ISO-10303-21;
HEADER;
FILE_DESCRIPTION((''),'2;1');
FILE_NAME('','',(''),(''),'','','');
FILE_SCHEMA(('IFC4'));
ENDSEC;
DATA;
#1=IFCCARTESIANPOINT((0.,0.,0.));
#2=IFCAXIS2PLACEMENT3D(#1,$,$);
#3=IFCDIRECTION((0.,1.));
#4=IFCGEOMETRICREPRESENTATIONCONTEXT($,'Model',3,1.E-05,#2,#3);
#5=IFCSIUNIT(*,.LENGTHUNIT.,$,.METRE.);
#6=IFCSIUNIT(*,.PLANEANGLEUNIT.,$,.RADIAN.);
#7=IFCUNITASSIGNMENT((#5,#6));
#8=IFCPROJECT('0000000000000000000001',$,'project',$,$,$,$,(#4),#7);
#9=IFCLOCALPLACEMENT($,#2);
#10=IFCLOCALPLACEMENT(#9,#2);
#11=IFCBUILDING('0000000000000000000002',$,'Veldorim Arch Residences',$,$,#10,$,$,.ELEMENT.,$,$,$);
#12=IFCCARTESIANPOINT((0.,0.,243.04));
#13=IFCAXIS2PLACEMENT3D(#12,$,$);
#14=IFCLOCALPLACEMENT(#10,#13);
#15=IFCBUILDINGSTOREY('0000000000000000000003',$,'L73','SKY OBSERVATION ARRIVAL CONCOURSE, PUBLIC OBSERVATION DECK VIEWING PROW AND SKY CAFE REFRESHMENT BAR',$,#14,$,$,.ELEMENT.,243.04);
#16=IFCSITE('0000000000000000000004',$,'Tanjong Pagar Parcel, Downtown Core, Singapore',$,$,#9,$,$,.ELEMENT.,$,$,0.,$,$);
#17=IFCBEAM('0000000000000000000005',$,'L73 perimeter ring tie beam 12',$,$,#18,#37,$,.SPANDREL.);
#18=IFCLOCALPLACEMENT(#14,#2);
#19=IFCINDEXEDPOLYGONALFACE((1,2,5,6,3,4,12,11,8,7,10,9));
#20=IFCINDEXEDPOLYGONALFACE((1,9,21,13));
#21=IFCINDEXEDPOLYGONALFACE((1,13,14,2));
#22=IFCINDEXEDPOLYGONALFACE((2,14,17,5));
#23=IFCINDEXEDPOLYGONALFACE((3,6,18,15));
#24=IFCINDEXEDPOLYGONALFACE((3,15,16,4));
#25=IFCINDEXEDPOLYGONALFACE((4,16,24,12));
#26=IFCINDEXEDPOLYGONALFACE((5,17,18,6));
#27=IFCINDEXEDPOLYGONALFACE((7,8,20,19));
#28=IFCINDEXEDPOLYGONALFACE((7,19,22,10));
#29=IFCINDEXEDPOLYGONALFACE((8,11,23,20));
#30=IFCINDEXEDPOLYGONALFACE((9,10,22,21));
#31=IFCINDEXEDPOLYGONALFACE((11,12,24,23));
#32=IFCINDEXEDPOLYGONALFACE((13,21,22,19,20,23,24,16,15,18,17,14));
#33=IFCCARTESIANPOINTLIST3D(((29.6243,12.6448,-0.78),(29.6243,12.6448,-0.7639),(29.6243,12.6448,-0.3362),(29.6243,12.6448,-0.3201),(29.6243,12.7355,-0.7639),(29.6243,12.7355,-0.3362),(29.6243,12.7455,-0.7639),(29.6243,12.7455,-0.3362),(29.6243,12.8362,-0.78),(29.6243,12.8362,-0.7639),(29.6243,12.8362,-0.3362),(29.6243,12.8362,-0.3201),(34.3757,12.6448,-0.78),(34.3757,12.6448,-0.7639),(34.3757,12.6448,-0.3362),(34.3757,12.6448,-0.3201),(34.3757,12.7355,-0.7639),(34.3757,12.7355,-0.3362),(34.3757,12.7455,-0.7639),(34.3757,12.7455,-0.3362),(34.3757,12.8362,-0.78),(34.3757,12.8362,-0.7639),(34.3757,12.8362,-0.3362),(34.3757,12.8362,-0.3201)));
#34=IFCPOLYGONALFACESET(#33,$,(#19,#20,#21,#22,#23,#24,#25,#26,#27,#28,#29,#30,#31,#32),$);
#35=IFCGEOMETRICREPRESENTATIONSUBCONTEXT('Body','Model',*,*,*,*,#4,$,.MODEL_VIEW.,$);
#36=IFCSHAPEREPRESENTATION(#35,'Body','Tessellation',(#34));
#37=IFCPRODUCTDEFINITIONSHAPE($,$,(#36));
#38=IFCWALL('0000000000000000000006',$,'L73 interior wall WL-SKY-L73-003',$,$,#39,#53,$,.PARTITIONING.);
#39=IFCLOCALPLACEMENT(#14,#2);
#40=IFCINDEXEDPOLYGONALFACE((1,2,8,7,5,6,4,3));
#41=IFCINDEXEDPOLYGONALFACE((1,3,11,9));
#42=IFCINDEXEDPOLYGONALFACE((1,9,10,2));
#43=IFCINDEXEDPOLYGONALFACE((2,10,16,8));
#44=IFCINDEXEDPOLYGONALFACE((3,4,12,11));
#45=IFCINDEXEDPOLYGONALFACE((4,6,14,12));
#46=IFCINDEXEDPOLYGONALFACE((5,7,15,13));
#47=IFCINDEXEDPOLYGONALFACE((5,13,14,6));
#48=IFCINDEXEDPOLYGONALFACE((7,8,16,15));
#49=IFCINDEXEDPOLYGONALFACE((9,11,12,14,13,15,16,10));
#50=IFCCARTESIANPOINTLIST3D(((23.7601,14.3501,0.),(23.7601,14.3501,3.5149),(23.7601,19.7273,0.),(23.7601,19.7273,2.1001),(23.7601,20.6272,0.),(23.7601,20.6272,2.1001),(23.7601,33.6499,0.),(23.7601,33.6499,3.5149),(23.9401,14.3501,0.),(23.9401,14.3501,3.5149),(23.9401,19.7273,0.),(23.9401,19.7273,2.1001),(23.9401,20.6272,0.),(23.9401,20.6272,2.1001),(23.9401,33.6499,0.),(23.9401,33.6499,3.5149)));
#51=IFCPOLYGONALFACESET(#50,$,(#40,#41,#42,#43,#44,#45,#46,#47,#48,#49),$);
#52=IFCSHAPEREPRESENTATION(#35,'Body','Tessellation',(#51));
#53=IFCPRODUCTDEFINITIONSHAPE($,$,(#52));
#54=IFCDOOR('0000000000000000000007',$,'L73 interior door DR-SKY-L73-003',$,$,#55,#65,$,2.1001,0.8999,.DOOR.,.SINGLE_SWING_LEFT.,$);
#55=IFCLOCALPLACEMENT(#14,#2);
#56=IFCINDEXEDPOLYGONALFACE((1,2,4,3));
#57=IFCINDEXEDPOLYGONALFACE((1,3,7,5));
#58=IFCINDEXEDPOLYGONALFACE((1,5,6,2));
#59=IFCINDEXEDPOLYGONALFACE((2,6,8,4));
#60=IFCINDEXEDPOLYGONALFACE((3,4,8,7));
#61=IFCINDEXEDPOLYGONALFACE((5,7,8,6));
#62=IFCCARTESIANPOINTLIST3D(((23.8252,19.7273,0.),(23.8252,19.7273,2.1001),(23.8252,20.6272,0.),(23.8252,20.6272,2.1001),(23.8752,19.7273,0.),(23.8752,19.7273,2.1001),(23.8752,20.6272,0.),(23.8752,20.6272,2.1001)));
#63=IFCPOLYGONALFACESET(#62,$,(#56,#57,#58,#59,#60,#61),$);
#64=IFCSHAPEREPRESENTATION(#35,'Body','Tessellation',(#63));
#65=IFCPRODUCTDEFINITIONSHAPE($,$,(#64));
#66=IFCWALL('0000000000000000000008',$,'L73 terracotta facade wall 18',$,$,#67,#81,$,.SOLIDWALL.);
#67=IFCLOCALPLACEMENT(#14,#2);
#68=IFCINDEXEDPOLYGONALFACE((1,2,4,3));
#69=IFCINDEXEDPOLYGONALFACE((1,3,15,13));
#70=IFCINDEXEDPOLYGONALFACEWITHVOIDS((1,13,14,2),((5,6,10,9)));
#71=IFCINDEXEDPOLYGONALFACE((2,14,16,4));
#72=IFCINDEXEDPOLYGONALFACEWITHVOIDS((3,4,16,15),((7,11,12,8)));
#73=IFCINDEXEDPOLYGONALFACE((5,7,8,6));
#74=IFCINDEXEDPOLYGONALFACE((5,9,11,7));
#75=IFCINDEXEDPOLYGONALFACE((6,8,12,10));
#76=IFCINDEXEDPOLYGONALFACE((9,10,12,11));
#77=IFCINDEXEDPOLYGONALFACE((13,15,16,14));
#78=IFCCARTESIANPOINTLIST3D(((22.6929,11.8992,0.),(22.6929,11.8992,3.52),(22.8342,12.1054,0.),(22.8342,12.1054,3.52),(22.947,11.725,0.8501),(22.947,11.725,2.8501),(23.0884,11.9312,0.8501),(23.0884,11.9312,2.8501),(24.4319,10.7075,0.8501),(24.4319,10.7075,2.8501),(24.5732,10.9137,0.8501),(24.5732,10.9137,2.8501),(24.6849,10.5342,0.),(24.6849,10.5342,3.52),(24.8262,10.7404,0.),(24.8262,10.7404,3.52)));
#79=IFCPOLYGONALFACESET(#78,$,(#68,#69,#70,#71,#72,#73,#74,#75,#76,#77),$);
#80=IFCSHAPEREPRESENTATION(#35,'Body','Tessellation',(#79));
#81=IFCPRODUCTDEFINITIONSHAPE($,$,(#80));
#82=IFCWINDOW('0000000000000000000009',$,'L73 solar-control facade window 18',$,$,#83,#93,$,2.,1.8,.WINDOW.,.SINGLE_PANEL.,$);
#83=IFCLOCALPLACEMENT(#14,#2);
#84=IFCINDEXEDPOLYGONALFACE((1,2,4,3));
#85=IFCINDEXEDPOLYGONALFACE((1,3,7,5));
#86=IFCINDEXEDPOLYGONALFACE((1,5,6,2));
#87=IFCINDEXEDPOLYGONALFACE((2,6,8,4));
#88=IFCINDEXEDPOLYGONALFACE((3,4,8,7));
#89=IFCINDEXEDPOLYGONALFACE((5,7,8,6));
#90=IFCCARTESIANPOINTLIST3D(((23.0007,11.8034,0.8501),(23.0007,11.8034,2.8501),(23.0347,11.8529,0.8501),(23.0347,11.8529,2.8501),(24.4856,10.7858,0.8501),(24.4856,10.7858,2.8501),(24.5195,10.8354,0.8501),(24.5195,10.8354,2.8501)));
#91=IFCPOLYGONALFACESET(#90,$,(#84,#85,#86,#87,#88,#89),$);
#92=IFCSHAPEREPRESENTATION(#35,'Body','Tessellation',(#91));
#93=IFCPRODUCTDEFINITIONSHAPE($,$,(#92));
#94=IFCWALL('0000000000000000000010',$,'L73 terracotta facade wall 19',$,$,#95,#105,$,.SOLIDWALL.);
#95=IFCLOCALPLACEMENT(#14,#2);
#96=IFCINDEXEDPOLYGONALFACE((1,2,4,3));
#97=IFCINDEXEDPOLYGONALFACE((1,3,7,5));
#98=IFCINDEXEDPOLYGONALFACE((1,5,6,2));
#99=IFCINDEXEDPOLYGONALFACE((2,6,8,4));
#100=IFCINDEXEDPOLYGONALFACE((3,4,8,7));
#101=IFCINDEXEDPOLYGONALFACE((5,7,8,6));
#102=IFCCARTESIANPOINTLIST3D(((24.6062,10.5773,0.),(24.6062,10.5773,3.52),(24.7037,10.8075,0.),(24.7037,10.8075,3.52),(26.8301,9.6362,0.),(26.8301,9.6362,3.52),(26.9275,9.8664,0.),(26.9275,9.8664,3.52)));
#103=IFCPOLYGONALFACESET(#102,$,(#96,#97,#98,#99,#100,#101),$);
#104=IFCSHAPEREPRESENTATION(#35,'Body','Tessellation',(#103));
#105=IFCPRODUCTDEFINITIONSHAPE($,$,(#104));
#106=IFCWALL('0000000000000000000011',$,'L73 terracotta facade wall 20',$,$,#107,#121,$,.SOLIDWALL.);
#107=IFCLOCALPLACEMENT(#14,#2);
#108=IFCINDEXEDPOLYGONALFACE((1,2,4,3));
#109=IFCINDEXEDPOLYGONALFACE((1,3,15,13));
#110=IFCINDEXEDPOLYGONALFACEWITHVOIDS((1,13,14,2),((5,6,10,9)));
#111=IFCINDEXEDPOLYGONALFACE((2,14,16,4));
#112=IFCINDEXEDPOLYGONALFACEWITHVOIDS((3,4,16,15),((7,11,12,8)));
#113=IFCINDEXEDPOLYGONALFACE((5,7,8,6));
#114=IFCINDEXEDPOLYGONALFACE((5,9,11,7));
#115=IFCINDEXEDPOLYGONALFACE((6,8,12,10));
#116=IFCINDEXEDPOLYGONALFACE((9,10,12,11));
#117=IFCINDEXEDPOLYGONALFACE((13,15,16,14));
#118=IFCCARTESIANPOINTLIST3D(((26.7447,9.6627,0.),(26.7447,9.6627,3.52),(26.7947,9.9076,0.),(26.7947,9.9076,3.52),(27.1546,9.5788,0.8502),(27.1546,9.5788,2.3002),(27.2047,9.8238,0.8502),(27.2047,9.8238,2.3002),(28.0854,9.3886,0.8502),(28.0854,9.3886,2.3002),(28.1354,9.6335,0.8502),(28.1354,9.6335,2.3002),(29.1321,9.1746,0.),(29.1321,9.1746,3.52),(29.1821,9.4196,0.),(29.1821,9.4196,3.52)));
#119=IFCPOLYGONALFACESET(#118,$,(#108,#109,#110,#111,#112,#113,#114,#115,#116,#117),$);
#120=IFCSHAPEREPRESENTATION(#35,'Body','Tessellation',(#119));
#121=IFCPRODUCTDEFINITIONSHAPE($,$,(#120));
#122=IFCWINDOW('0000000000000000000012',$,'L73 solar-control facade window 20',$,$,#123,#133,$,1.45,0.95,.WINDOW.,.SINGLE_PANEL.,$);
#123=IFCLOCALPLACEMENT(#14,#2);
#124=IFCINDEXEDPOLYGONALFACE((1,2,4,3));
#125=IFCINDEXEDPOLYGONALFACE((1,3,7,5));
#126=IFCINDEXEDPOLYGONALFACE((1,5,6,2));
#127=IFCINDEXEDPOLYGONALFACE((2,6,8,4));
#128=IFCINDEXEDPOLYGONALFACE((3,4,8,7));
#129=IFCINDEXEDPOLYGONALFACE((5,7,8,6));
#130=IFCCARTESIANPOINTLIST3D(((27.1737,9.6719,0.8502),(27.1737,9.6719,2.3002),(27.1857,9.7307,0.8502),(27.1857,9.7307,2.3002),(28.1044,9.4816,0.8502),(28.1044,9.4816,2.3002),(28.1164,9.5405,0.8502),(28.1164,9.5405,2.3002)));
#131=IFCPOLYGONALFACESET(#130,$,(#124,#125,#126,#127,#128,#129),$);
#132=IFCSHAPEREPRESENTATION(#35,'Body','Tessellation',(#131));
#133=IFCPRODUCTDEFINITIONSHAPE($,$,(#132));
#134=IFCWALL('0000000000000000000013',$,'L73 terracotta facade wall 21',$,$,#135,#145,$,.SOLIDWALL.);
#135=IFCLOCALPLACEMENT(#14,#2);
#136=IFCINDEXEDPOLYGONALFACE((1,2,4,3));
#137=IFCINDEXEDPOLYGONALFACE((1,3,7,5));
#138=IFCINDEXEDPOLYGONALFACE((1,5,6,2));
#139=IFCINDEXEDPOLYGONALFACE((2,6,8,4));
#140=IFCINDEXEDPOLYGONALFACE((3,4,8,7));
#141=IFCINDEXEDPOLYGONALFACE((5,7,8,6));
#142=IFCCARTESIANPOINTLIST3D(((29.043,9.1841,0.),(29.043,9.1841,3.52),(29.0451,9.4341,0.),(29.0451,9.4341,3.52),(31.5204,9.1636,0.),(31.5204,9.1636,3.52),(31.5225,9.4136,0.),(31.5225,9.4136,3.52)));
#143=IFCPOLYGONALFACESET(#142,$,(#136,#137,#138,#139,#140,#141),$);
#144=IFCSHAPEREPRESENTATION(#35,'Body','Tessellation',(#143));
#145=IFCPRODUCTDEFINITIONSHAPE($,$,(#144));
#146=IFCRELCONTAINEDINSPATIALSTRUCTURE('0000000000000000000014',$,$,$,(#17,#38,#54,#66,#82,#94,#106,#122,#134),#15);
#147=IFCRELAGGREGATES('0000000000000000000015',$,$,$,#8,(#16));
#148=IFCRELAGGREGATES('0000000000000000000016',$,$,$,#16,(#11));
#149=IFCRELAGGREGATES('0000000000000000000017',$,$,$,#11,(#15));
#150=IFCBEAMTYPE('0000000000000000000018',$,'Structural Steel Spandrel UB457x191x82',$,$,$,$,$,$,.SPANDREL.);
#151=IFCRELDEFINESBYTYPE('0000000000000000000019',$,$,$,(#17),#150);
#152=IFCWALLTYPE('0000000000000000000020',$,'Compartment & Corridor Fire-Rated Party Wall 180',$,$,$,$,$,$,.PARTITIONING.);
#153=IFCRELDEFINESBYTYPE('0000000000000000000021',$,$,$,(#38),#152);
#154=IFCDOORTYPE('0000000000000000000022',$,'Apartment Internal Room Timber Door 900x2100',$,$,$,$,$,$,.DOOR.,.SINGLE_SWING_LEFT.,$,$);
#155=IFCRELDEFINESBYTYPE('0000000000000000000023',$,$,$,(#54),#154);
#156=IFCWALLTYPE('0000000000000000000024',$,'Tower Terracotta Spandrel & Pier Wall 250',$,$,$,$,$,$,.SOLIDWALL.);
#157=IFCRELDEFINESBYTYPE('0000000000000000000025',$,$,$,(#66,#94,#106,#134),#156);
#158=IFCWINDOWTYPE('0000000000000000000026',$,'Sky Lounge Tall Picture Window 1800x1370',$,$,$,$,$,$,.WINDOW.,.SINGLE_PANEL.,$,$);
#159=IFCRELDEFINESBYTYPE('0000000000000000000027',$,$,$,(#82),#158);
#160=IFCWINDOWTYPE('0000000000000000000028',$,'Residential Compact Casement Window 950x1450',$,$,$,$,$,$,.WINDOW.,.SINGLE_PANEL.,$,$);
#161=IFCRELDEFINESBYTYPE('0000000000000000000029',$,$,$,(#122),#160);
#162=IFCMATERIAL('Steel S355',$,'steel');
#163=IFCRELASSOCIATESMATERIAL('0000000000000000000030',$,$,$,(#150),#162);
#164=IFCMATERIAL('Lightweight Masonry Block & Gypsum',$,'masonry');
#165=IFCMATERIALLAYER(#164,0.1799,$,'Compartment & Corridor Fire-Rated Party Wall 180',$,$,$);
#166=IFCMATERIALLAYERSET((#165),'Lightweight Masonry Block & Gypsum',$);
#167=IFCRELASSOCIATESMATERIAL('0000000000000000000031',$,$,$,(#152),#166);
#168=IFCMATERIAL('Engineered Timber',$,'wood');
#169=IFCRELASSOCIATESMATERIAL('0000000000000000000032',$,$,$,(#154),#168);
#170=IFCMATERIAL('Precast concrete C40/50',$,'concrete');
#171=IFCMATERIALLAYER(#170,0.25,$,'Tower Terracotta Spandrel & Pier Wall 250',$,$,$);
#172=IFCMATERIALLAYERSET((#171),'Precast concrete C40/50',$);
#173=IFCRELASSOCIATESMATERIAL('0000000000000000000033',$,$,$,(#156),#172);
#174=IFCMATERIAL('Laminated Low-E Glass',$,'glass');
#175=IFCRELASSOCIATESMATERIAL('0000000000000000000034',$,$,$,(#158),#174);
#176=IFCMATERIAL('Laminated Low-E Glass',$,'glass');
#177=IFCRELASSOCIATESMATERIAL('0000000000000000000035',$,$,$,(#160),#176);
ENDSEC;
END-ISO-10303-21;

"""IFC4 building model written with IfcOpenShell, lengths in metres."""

from ifc_helpers import new_model, si_unit, direction, frame, frame_2d, origin, origin_2d, place, context, subcontext, project, spatial, rectangle, i_section, extrude, material, layer, layer_set, material_profile, profile_set, type_object, element, fill, save


model = new_model("IFC4")

# Units and contexts
model_context = context("Model", 3, precision=1e-05, world=origin(), true_north=direction((0.0, 1.0)))
body_context = subcontext(model_context, "Body", "Model", "MODEL_VIEW")
ifc_project = project(units=[si_unit("LENGTHUNIT", "METRE"), si_unit("PLANEANGLEUNIT", "RADIAN")], contexts=[model_context])

# Site, building, storey
site_placement = place(None, origin())
site = spatial("IfcSite", under=ifc_project, at=site_placement, Name="Tanjong Pagar Parcel, Downtown Core, Singapore", CompositionType="ELEMENT", RefElevation=0.0)
building_placement = place(site_placement, origin())
building = spatial("IfcBuilding", under=site, at=building_placement, Name="Veldorim Arch Residences", CompositionType="ELEMENT")
storey_placement = place(building_placement, frame((0.0, 0.0, 243.04)))
storey = spatial("IfcBuildingStorey", under=building, at=storey_placement, Name="L73", Description="SKY OBSERVATION ARRIVAL CONCOURSE, PUBLIC OBSERVATION DECK VIEWING PROW AND SKY CAFE REFRESHMENT BAR", CompositionType="ELEMENT", Elevation=243.04)

# Beam
ifc_material_1 = material(Name="Steel S355", Category="steel")
ifc_material_profile_1 = material_profile(ifc_material_1, i_section(OverallWidth=0.1914, OverallDepth=0.46, WebThickness=0.01, FlangeThickness=0.0161, at=origin_2d()), Name="UB457x191x82")
ifc_profile_set_1 = profile_set([ifc_material_profile_1], Name="Steel S355")
beam_type_1 = type_object("IfcBeamType", Name="Structural Steel Spandrel UB457x191x82", PredefinedType="SPANDREL", material=ifc_profile_set_1)
beam_1_placement = place(storey_placement, frame((29.6243, 12.7405, -0.55), z_axis=(1.0, 0.0, 0.0), x_axis=(0.0, 1.0, 0.0)))
element("IfcBeam", 1, at=beam_1_placement, inside=storey, type_object=beam_type_1, Name="L73 perimeter ring tie beam 12", PredefinedType="SPANDREL", context=body_context, shape_type="SweptSolid", body=[
    extrude(i_section(OverallWidth=0.1914, OverallDepth=0.46, WebThickness=0.01, FlangeThickness=0.0161, at=origin_2d()), origin(), (0.0, 0.0, 1.0), 4.7515),
])

# Wall, opening, door
ifc_material_2 = material(Name="Lightweight Masonry Block & Gypsum", Category="masonry")
ifc_layer_1 = layer(ifc_material_2, 0.1799, Name="Compartment & Corridor Fire-Rated Party Wall 180")
ifc_layer_set_1 = layer_set([ifc_layer_1], Name="Lightweight Masonry Block & Gypsum")
wall_type_1 = type_object("IfcWallType", Name="Compartment & Corridor Fire-Rated Party Wall 180", PredefinedType="PARTITIONING", material=ifc_layer_set_1)
wall_1_placement = place(storey_placement, frame((23.8501, 14.3501, 0.0), z_axis=(0.0, 0.0, 1.0), x_axis=(0.0, 1.0, 0.0)))
wall_1 = element("IfcWall", 2, at=wall_1_placement, inside=storey, type_object=wall_type_1, Name="L73 interior wall WL-SKY-L73-003", PredefinedType="PARTITIONING", context=body_context, shape_type="SweptSolid", body=[
    extrude(rectangle(XDim=19.2998, YDim=0.1799, at=frame_2d((9.6499, 0.0))), origin(), (0.0, 0.0, 1.0), 3.5149),
])
opening_1_placement = place(wall_1_placement, frame((5.3772, 0.0, 0.0)))
opening_1 = element("IfcOpeningElement", 3, at=opening_1_placement, cuts=wall_1, PredefinedType="OPENING", context=body_context, shape_type="SweptSolid", body=[
    extrude(rectangle(XDim=0.8999, YDim=2.1001, at=frame_2d((0.45, 1.05))), frame((0.0, 0.0999, 0.0), z_axis=(0.0, -1.0, 0.0), x_axis=(1.0, 0.0, 0.0)), (0.0, 0.0, 1.0), 0.2),
])
ifc_material_3 = material(Name="Engineered Timber", Category="wood")
door_type_1 = type_object("IfcDoorType", Name="Apartment Internal Room Timber Door 900x2100", OperationType="SINGLE_SWING_LEFT", PredefinedType="DOOR", material=ifc_material_3)
door_1_placement = place(opening_1_placement, origin())
door_1 = element("IfcDoor", 4, at=door_1_placement, inside=storey, type_object=door_type_1, Name="L73 interior door DR-SKY-L73-003", OperationType="SINGLE_SWING_LEFT", OverallHeight=2.1001, OverallWidth=0.8999, PredefinedType="DOOR", context=body_context, shape_type="SweptSolid", body=[
    extrude(rectangle(XDim=0.8999, YDim=2.1001, at=frame_2d((0.45, 1.05))), frame((0.0, 0.0249, 0.0), z_axis=(0.0, -1.0, 0.0), x_axis=(1.0, 0.0, 0.0)), (0.0, 0.0, 1.0), 0.05),
])
fill(opening_1, door_1)

# Wall, opening, window
ifc_material_4 = material(Name="Precast concrete C40/50", Category="concrete")
ifc_layer_2 = layer(ifc_material_4, 0.25, Name="Tower Terracotta Spandrel & Pier Wall 250")
ifc_layer_set_2 = layer_set([ifc_layer_2], Name="Precast concrete C40/50")
wall_type_2 = type_object("IfcWallType", Name="Tower Terracotta Spandrel & Pier Wall 250", PredefinedType="SOLIDWALL", material=ifc_layer_set_2)
wall_2_placement = place(storey_placement, frame((24.7556, 10.6372, 0.0), z_axis=(0.0, 0.0, 1.0), x_axis=(-0.824905, 0.565271, 0.0)))
wall_2 = element("IfcWall", 5, at=wall_2_placement, inside=storey, type_object=wall_type_2, Name="L73 terracotta facade wall 18", PredefinedType="SOLIDWALL", context=body_context, shape_type="SweptSolid", body=[
    extrude(rectangle(XDim=2.4148, YDim=0.25, at=frame_2d((1.2075, 0.0))), origin(), (0.0, 0.0, 1.0), 3.52),
])
opening_2_placement = place(wall_2_placement, frame((0.3069, 0.0, 0.8501)))
opening_2 = element("IfcOpeningElement", 6, at=opening_2_placement, cuts=wall_2, PredefinedType="OPENING", context=body_context, shape_type="SweptSolid", body=[
    extrude(rectangle(XDim=1.8, YDim=2.0, at=frame_2d((0.8999, 1.0))), frame((0.0, 0.135, 0.0), z_axis=(0.0, -1.0, 0.0), x_axis=(1.0, 0.0, 0.0)), (0.0, 0.0, 1.0), 0.27),
])
ifc_material_5 = material(Name="Laminated Low-E Glass", Category="glass")
window_type_1 = type_object("IfcWindowType", Name="Sky Lounge Tall Picture Window 1800x1370", PartitioningType="SINGLE_PANEL", PredefinedType="WINDOW", material=ifc_material_5)
window_1_placement = place(opening_2_placement, origin())
window_1 = element("IfcWindow", 7, at=window_1_placement, inside=storey, type_object=window_type_1, Name="L73 solar-control facade window 18", OverallHeight=2.0, OverallWidth=1.8, PartitioningType="SINGLE_PANEL", PredefinedType="WINDOW", context=body_context, shape_type="SweptSolid", body=[
    extrude(rectangle(XDim=1.8, YDim=2.0, at=frame_2d((0.8999, 1.0))), frame((0.0, 0.03, 0.0), z_axis=(0.0, -1.0, 0.0), x_axis=(1.0, 0.0, 0.0)), (0.0, 0.0, 1.0), 0.0601),
])
fill(opening_2, window_1)

# Wall
wall_3_placement = place(storey_placement, frame((26.8789, 9.7512, 0.0), z_axis=(0.0, 0.0, 1.0), x_axis=(-0.920924, 0.389742, 0.0)))
element("IfcWall", 8, at=wall_3_placement, inside=storey, type_object=wall_type_2, Name="L73 terracotta facade wall 19", PredefinedType="SOLIDWALL", context=body_context, shape_type="SweptSolid", body=[
    extrude(rectangle(XDim=2.4148, YDim=0.25, at=frame_2d((1.2075, 0.0))), origin(), (0.0, 0.0, 1.0), 3.52),
])

# Wall, opening, window
wall_4_placement = place(storey_placement, frame((29.157, 9.2971, 0.0), z_axis=(0.0, 0.0, 1.0), x_axis=(-0.97974, 0.200276, 0.0)))
wall_4 = element("IfcWall", 9, at=wall_4_placement, inside=storey, type_object=wall_type_2, Name="L73 terracotta facade wall 20", PredefinedType="SOLIDWALL", context=body_context, shape_type="SweptSolid", body=[
    extrude(rectangle(XDim=2.4368, YDim=0.25, at=frame_2d((1.2183, 0.0))), origin(), (0.0, 0.0, 1.0), 3.52),
])
opening_3_placement = place(wall_4_placement, frame((1.0681, 0.0, 0.8501)))
opening_3 = element("IfcOpeningElement", 10, at=opening_3_placement, cuts=wall_4, PredefinedType="OPENING", context=body_context, shape_type="SweptSolid", body=[
    extrude(rectangle(XDim=0.95, YDim=1.45, at=frame_2d((0.4751, 0.7251))), frame((0.0, 0.135, 0.0), z_axis=(0.0, -1.0, 0.0), x_axis=(1.0, 0.0, 0.0)), (0.0, 0.0, 1.0), 0.27),
])
ifc_material_6 = material(Name="Laminated Low-E Glass", Category="glass")
window_type_2 = type_object("IfcWindowType", Name="Residential Compact Casement Window 950x1450", PartitioningType="SINGLE_PANEL", PredefinedType="WINDOW", material=ifc_material_6)
window_2_placement = place(opening_3_placement, origin())
window_2 = element("IfcWindow", 11, at=window_2_placement, inside=storey, type_object=window_type_2, Name="L73 solar-control facade window 20", OverallHeight=1.45, OverallWidth=0.95, PartitioningType="SINGLE_PANEL", PredefinedType="WINDOW", context=body_context, shape_type="SweptSolid", body=[
    extrude(rectangle(XDim=0.95, YDim=1.45, at=frame_2d((0.4751, 0.7251))), frame((0.0, 0.03, 0.0), z_axis=(0.0, -1.0, 0.0), x_axis=(1.0, 0.0, 0.0)), (0.0, 0.0, 1.0), 0.0601),
])
fill(opening_3, window_2)

# Wall
wall_5_placement = place(storey_placement, frame((31.5215, 9.2886, 0.0), z_axis=(0.0, 0.0, 1.0), x_axis=(-0.999966, 0.008277, 0.0)))
element("IfcWall", 12, at=wall_5_placement, inside=storey, type_object=wall_type_2, Name="L73 terracotta facade wall 21", PredefinedType="SOLIDWALL", context=body_context, shape_type="SweptSolid", body=[
    extrude(rectangle(XDim=2.4775, YDim=0.25, at=frame_2d((1.2388, 0.0))), origin(), (0.0, 0.0, 1.0), 3.52),
])

save(model, "model.ifc")
